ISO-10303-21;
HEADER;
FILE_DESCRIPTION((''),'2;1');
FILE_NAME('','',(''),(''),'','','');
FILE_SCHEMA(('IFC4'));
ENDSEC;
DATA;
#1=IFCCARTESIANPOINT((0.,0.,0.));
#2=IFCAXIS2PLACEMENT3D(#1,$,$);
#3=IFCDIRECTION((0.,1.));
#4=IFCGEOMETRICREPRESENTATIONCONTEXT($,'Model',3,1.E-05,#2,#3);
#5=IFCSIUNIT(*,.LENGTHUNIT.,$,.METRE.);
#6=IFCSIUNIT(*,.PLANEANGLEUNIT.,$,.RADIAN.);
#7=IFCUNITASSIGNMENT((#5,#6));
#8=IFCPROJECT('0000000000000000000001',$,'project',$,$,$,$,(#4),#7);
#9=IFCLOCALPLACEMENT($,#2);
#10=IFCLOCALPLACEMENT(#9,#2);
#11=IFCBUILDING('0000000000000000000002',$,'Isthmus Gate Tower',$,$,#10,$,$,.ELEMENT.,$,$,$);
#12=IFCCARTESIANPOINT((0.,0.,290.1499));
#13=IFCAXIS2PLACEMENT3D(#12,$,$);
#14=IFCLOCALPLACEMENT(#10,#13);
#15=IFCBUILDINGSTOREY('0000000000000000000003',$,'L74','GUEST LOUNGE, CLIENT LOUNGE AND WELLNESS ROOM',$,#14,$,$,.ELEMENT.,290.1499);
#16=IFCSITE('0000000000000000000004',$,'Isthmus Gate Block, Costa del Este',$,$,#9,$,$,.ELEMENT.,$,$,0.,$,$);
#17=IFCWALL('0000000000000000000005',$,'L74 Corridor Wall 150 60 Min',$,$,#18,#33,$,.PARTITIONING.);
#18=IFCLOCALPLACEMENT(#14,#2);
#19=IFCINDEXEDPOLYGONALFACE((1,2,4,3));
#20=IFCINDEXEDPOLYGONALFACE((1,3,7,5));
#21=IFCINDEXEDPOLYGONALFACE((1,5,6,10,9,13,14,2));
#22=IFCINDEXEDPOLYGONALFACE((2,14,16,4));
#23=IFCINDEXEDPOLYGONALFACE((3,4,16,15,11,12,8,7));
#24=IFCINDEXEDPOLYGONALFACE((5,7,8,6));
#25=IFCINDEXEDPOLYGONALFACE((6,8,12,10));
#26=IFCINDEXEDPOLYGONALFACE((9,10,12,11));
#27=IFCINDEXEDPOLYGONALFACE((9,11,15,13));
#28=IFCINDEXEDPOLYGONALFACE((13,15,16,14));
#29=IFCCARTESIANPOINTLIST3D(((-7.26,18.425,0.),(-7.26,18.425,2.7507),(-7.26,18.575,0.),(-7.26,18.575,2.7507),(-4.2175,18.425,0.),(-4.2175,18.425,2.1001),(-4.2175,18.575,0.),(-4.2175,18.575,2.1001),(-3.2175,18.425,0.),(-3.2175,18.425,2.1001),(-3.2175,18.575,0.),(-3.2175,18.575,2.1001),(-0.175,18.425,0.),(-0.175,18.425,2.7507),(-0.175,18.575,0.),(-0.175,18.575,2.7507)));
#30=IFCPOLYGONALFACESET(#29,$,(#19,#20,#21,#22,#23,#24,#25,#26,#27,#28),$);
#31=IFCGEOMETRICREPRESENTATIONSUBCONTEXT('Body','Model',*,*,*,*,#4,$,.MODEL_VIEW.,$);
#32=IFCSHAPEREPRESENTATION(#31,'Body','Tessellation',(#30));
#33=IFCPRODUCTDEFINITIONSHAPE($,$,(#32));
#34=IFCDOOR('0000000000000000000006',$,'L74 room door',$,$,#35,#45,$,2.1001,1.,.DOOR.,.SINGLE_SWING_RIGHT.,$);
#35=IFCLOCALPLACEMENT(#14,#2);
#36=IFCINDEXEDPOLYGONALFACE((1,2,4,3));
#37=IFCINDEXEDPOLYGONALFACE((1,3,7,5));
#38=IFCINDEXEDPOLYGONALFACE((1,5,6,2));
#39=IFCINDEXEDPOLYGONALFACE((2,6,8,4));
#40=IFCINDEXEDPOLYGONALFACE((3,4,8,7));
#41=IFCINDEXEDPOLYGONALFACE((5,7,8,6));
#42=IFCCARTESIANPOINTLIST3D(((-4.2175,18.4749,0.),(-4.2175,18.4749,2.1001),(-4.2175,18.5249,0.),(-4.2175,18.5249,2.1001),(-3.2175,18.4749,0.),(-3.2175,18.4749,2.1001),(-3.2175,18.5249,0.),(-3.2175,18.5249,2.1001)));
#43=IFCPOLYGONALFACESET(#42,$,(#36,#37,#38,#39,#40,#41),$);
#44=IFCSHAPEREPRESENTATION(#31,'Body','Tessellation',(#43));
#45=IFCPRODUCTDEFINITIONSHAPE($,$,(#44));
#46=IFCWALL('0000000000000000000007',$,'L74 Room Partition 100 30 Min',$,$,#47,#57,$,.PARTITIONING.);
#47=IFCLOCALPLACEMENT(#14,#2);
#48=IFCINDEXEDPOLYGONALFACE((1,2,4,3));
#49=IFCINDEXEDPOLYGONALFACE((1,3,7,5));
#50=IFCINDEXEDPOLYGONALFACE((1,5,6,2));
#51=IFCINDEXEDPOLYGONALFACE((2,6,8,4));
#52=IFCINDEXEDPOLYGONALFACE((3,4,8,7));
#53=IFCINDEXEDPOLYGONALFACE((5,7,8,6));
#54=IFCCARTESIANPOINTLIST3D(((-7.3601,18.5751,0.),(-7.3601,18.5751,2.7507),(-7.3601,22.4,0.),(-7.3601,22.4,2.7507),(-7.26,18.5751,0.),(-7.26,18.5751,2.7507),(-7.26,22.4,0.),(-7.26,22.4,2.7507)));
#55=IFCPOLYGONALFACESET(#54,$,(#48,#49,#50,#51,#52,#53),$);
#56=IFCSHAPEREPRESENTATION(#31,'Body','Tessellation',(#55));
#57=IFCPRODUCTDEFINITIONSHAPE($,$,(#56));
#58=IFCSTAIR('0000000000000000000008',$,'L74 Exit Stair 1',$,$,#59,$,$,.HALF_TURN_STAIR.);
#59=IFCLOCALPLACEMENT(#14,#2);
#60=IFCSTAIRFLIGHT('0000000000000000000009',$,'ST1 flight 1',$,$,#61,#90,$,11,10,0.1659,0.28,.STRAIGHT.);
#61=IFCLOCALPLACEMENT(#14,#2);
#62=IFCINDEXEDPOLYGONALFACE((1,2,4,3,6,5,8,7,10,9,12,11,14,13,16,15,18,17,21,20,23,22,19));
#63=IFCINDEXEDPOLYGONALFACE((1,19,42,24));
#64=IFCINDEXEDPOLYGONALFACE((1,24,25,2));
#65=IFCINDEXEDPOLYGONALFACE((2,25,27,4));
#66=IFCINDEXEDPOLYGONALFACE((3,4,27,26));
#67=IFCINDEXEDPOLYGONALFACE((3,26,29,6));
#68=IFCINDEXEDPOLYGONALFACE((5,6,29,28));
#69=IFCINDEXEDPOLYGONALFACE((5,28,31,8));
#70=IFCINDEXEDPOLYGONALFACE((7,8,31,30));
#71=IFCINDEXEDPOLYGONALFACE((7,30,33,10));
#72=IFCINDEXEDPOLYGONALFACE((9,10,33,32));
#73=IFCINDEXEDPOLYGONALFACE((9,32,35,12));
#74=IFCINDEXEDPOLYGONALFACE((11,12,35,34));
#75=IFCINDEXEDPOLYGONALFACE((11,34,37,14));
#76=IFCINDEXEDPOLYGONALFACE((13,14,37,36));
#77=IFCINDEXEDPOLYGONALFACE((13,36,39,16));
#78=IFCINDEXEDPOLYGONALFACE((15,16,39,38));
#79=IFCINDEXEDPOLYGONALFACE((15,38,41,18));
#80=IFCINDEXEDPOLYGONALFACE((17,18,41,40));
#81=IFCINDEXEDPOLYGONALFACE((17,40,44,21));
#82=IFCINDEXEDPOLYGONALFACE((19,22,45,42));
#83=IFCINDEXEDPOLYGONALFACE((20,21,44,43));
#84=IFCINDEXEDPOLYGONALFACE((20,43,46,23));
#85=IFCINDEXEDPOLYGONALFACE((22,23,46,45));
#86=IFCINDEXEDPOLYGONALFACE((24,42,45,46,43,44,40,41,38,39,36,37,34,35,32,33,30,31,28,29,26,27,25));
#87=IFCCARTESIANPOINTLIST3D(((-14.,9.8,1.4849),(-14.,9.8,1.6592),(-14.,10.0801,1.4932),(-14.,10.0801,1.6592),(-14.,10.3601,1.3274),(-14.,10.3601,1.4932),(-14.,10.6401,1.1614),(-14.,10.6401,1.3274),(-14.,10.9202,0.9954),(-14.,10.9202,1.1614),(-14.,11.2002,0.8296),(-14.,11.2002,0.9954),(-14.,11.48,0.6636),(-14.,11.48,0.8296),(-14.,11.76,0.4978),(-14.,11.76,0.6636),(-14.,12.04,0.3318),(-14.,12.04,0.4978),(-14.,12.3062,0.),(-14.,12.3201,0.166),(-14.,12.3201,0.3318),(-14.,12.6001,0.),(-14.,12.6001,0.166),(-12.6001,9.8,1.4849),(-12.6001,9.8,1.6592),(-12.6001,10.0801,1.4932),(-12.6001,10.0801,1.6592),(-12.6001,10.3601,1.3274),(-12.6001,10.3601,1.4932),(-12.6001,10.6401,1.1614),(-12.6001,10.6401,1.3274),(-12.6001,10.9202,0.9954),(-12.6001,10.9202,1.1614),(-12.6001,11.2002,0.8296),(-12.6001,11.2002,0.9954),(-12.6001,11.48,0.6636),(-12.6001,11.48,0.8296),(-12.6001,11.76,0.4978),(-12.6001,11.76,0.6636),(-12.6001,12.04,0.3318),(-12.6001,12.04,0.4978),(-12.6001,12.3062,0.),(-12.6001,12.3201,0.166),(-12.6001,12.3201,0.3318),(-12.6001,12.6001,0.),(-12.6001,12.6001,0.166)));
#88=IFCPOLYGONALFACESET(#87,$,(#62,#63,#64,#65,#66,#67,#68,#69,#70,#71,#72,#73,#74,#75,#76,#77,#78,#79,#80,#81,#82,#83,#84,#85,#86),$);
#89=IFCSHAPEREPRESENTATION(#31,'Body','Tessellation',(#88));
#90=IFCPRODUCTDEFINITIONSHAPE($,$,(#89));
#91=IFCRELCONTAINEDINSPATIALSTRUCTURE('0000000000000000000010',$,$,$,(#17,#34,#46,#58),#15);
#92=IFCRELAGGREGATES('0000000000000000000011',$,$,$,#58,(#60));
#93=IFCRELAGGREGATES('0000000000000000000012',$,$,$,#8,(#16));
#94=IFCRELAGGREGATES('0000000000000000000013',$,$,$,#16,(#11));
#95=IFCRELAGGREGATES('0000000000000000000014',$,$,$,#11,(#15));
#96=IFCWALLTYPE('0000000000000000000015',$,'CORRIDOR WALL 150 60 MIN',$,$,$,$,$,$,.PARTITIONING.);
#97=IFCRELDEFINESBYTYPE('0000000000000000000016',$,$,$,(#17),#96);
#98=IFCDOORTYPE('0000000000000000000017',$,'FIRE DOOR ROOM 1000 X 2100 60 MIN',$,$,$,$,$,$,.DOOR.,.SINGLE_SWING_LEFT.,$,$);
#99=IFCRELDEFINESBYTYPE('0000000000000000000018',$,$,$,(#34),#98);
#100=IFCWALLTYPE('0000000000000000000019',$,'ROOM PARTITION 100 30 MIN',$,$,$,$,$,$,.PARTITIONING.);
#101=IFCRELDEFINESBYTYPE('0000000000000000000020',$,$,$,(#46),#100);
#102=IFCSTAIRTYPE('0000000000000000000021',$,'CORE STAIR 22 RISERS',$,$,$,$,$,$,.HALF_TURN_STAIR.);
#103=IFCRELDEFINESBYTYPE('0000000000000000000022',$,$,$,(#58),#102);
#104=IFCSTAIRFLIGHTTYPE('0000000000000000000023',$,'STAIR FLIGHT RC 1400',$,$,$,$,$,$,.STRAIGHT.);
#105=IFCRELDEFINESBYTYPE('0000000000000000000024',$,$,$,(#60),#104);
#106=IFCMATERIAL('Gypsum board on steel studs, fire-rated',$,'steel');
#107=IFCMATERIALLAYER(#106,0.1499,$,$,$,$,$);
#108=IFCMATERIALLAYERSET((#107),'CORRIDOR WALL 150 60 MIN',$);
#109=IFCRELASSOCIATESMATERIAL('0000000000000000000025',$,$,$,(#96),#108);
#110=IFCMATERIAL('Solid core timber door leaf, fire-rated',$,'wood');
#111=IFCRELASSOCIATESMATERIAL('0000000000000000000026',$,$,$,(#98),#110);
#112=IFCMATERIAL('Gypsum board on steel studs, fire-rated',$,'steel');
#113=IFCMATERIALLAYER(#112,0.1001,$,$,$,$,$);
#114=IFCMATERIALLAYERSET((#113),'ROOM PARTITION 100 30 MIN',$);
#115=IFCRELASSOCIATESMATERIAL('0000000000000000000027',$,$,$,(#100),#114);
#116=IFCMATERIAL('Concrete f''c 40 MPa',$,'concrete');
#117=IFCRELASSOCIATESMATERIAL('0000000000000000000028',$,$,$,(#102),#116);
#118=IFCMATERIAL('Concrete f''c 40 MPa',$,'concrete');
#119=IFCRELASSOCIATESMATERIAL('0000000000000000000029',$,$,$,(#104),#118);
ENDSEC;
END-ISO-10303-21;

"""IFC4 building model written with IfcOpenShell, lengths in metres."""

from ifc_helpers import new_model, si_unit, direction, frame, frame_2d, origin, place, context, subcontext, project, spatial, polyline, rectangle, outline, extrude, material, layer, layer_set, type_object, element, fill, aggregate, save


model = new_model("IFC4")

# Units and contexts
model_context = context("Model", 3, precision=1e-05, world=origin(), true_north=direction((0.0, 1.0)))
body_context = subcontext(model_context, "Body", "Model", "MODEL_VIEW")
ifc_project = project(units=[si_unit("LENGTHUNIT", "METRE"), si_unit("PLANEANGLEUNIT", "RADIAN")], contexts=[model_context])

# Site, building, storey
site_placement = place(None, origin())
site = spatial("IfcSite", under=ifc_project, at=site_placement, Name="Isthmus Gate Block, Costa del Este", CompositionType="ELEMENT", RefElevation=0.0)
building_placement = place(site_placement, origin())
building = spatial("IfcBuilding", under=site, at=building_placement, Name="Isthmus Gate Tower", CompositionType="ELEMENT")
storey_placement = place(building_placement, frame((0.0, 0.0, 290.1499)))
storey = spatial("IfcBuildingStorey", under=building, at=storey_placement, Name="L74", Description="GUEST LOUNGE, CLIENT LOUNGE AND WELLNESS ROOM", CompositionType="ELEMENT", Elevation=290.1499)

# Wall, opening, door
ifc_material_1 = material(Name="Gypsum board on steel studs, fire-rated", Category="steel")
ifc_layer_1 = layer(ifc_material_1, 0.1499)
ifc_layer_set_1 = layer_set([ifc_layer_1], Name="CORRIDOR WALL 150 60 MIN")
wall_type_1 = type_object("IfcWallType", Name="CORRIDOR WALL 150 60 MIN", PredefinedType="PARTITIONING", material=ifc_layer_set_1)
wall_1_placement = place(storey_placement, frame((-7.26, 18.5, 0.0), z_axis=(0.0, 0.0, 1.0), x_axis=(1.0, 0.0, 0.0)))
wall_1 = element("IfcWall", 1, at=wall_1_placement, inside=storey, type_object=wall_type_1, Name="L74 Corridor Wall 150 60 Min", PredefinedType="PARTITIONING", context=body_context, shape_type="SweptSolid", body=[
    extrude(rectangle(XDim=7.085, YDim=0.1499, at=frame_2d((3.5425, 0.0))), origin(), (0.0, 0.0, 1.0), 2.7507),
])
opening_placement = place(wall_1_placement, frame((3.0425, 0.0, 0.0)))
opening = element("IfcOpeningElement", 2, at=opening_placement, cuts=wall_1, PredefinedType="OPENING", context=body_context, shape_type="SweptSolid", body=[
    extrude(rectangle(XDim=1.0, YDim=2.1001, at=frame_2d((0.5, 1.05))), frame((0.0, 0.085, 0.0), z_axis=(0.0, -1.0, 0.0), x_axis=(1.0, 0.0, 0.0)), (0.0, 0.0, 1.0), 0.1699),
])
ifc_material_2 = material(Name="Solid core timber door leaf, fire-rated", Category="wood")
door_type = type_object("IfcDoorType", Name="FIRE DOOR ROOM 1000 X 2100 60 MIN", OperationType="SINGLE_SWING_LEFT", PredefinedType="DOOR", material=ifc_material_2)
door_placement = place(opening_placement, origin())
door = element("IfcDoor", 3, at=door_placement, inside=storey, type_object=door_type, Name="L74 room door", OperationType="SINGLE_SWING_RIGHT", OverallHeight=2.1001, OverallWidth=1.0, PredefinedType="DOOR", context=body_context, shape_type="SweptSolid", body=[
    extrude(rectangle(XDim=1.0, YDim=2.1001, at=frame_2d((0.5, 1.05))), frame((0.0, 0.0249, 0.0), z_axis=(0.0, -1.0, 0.0), x_axis=(1.0, 0.0, 0.0)), (0.0, 0.0, 1.0), 0.05),
])
fill(opening, door)

# Wall
ifc_material_3 = material(Name="Gypsum board on steel studs, fire-rated", Category="steel")
ifc_layer_2 = layer(ifc_material_3, 0.1001)
ifc_layer_set_2 = layer_set([ifc_layer_2], Name="ROOM PARTITION 100 30 MIN")
wall_type_2 = type_object("IfcWallType", Name="ROOM PARTITION 100 30 MIN", PredefinedType="PARTITIONING", material=ifc_layer_set_2)
wall_2_placement = place(storey_placement, frame((-7.3101, 18.575, 0.0), z_axis=(0.0, 0.0, 1.0), x_axis=(0.0, 1.0, 0.0)))
element("IfcWall", 4, at=wall_2_placement, inside=storey, type_object=wall_type_2, Name="L74 Room Partition 100 30 Min", PredefinedType="PARTITIONING", context=body_context, shape_type="SweptSolid", body=[
    extrude(rectangle(XDim=3.825, YDim=0.1001, at=frame_2d((1.9126, 0.0))), origin(), (0.0, 0.0, 1.0), 2.7507),
])

# Stair, stair flight
ifc_material_4 = material(Name="Concrete f'c 40 MPa", Category="concrete")
stair_type = type_object("IfcStairType", Name="CORE STAIR 22 RISERS", PredefinedType="HALF_TURN_STAIR", material=ifc_material_4)
stair_placement = place(storey_placement, origin())
stair = element("IfcStair", 5, at=stair_placement, inside=storey, type_object=stair_type, Name="L74 Exit Stair 1", PredefinedType="HALF_TURN_STAIR")
ifc_material_5 = material(Name="Concrete f'c 40 MPa", Category="concrete")
stair_flight_type = type_object("IfcStairFlightType", Name="STAIR FLIGHT RC 1400", PredefinedType="STRAIGHT", material=ifc_material_5)
stair_flight_placement = place(storey_placement, frame((-13.3, 12.6001, 0.0), z_axis=(0.0, 0.0, 1.0), x_axis=(0.0, -1.0, 0.0)))
stair_flight = element("IfcStairFlight", 6, at=stair_flight_placement, type_object=stair_flight_type, Name="ST1 flight 1", NumberOfRisers=11, NumberOfTreads=10, PredefinedType="STRAIGHT", RiserHeight=0.1659, TreadLength=0.28, context=body_context, shape_type="SweptSolid", body=[
    extrude(outline(polyline([(0.0, 0.0), (0.0, 0.166), (0.28, 0.166), (0.28, 0.3318), (0.5601, 0.3318), (0.5601, 0.4978), (0.8401, 0.4978), (0.8401, 0.6636), (1.1201, 0.6636), (1.1201, 0.8296), (1.3999, 0.8296), (1.3999, 0.9954), (1.6799, 0.9954), (1.6799, 1.1614), (1.96, 1.1614), (1.96, 1.3274), (2.24, 1.3274), (2.24, 1.4932), (2.52, 1.4932), (2.52, 1.6592), (2.8, 1.6592), (2.8, 1.825), (2.8, 1.4849), (0.2939, 0.0), (0.0, 0.0)])), frame((0.0, 0.7, 0.0), z_axis=(0.0, -1.0, 0.0), x_axis=(1.0, 0.0, 0.0)), (0.0, 0.0, 1.0), 1.3999),
])
aggregate(stair, [stair_flight])

save(model, "model.ifc")
